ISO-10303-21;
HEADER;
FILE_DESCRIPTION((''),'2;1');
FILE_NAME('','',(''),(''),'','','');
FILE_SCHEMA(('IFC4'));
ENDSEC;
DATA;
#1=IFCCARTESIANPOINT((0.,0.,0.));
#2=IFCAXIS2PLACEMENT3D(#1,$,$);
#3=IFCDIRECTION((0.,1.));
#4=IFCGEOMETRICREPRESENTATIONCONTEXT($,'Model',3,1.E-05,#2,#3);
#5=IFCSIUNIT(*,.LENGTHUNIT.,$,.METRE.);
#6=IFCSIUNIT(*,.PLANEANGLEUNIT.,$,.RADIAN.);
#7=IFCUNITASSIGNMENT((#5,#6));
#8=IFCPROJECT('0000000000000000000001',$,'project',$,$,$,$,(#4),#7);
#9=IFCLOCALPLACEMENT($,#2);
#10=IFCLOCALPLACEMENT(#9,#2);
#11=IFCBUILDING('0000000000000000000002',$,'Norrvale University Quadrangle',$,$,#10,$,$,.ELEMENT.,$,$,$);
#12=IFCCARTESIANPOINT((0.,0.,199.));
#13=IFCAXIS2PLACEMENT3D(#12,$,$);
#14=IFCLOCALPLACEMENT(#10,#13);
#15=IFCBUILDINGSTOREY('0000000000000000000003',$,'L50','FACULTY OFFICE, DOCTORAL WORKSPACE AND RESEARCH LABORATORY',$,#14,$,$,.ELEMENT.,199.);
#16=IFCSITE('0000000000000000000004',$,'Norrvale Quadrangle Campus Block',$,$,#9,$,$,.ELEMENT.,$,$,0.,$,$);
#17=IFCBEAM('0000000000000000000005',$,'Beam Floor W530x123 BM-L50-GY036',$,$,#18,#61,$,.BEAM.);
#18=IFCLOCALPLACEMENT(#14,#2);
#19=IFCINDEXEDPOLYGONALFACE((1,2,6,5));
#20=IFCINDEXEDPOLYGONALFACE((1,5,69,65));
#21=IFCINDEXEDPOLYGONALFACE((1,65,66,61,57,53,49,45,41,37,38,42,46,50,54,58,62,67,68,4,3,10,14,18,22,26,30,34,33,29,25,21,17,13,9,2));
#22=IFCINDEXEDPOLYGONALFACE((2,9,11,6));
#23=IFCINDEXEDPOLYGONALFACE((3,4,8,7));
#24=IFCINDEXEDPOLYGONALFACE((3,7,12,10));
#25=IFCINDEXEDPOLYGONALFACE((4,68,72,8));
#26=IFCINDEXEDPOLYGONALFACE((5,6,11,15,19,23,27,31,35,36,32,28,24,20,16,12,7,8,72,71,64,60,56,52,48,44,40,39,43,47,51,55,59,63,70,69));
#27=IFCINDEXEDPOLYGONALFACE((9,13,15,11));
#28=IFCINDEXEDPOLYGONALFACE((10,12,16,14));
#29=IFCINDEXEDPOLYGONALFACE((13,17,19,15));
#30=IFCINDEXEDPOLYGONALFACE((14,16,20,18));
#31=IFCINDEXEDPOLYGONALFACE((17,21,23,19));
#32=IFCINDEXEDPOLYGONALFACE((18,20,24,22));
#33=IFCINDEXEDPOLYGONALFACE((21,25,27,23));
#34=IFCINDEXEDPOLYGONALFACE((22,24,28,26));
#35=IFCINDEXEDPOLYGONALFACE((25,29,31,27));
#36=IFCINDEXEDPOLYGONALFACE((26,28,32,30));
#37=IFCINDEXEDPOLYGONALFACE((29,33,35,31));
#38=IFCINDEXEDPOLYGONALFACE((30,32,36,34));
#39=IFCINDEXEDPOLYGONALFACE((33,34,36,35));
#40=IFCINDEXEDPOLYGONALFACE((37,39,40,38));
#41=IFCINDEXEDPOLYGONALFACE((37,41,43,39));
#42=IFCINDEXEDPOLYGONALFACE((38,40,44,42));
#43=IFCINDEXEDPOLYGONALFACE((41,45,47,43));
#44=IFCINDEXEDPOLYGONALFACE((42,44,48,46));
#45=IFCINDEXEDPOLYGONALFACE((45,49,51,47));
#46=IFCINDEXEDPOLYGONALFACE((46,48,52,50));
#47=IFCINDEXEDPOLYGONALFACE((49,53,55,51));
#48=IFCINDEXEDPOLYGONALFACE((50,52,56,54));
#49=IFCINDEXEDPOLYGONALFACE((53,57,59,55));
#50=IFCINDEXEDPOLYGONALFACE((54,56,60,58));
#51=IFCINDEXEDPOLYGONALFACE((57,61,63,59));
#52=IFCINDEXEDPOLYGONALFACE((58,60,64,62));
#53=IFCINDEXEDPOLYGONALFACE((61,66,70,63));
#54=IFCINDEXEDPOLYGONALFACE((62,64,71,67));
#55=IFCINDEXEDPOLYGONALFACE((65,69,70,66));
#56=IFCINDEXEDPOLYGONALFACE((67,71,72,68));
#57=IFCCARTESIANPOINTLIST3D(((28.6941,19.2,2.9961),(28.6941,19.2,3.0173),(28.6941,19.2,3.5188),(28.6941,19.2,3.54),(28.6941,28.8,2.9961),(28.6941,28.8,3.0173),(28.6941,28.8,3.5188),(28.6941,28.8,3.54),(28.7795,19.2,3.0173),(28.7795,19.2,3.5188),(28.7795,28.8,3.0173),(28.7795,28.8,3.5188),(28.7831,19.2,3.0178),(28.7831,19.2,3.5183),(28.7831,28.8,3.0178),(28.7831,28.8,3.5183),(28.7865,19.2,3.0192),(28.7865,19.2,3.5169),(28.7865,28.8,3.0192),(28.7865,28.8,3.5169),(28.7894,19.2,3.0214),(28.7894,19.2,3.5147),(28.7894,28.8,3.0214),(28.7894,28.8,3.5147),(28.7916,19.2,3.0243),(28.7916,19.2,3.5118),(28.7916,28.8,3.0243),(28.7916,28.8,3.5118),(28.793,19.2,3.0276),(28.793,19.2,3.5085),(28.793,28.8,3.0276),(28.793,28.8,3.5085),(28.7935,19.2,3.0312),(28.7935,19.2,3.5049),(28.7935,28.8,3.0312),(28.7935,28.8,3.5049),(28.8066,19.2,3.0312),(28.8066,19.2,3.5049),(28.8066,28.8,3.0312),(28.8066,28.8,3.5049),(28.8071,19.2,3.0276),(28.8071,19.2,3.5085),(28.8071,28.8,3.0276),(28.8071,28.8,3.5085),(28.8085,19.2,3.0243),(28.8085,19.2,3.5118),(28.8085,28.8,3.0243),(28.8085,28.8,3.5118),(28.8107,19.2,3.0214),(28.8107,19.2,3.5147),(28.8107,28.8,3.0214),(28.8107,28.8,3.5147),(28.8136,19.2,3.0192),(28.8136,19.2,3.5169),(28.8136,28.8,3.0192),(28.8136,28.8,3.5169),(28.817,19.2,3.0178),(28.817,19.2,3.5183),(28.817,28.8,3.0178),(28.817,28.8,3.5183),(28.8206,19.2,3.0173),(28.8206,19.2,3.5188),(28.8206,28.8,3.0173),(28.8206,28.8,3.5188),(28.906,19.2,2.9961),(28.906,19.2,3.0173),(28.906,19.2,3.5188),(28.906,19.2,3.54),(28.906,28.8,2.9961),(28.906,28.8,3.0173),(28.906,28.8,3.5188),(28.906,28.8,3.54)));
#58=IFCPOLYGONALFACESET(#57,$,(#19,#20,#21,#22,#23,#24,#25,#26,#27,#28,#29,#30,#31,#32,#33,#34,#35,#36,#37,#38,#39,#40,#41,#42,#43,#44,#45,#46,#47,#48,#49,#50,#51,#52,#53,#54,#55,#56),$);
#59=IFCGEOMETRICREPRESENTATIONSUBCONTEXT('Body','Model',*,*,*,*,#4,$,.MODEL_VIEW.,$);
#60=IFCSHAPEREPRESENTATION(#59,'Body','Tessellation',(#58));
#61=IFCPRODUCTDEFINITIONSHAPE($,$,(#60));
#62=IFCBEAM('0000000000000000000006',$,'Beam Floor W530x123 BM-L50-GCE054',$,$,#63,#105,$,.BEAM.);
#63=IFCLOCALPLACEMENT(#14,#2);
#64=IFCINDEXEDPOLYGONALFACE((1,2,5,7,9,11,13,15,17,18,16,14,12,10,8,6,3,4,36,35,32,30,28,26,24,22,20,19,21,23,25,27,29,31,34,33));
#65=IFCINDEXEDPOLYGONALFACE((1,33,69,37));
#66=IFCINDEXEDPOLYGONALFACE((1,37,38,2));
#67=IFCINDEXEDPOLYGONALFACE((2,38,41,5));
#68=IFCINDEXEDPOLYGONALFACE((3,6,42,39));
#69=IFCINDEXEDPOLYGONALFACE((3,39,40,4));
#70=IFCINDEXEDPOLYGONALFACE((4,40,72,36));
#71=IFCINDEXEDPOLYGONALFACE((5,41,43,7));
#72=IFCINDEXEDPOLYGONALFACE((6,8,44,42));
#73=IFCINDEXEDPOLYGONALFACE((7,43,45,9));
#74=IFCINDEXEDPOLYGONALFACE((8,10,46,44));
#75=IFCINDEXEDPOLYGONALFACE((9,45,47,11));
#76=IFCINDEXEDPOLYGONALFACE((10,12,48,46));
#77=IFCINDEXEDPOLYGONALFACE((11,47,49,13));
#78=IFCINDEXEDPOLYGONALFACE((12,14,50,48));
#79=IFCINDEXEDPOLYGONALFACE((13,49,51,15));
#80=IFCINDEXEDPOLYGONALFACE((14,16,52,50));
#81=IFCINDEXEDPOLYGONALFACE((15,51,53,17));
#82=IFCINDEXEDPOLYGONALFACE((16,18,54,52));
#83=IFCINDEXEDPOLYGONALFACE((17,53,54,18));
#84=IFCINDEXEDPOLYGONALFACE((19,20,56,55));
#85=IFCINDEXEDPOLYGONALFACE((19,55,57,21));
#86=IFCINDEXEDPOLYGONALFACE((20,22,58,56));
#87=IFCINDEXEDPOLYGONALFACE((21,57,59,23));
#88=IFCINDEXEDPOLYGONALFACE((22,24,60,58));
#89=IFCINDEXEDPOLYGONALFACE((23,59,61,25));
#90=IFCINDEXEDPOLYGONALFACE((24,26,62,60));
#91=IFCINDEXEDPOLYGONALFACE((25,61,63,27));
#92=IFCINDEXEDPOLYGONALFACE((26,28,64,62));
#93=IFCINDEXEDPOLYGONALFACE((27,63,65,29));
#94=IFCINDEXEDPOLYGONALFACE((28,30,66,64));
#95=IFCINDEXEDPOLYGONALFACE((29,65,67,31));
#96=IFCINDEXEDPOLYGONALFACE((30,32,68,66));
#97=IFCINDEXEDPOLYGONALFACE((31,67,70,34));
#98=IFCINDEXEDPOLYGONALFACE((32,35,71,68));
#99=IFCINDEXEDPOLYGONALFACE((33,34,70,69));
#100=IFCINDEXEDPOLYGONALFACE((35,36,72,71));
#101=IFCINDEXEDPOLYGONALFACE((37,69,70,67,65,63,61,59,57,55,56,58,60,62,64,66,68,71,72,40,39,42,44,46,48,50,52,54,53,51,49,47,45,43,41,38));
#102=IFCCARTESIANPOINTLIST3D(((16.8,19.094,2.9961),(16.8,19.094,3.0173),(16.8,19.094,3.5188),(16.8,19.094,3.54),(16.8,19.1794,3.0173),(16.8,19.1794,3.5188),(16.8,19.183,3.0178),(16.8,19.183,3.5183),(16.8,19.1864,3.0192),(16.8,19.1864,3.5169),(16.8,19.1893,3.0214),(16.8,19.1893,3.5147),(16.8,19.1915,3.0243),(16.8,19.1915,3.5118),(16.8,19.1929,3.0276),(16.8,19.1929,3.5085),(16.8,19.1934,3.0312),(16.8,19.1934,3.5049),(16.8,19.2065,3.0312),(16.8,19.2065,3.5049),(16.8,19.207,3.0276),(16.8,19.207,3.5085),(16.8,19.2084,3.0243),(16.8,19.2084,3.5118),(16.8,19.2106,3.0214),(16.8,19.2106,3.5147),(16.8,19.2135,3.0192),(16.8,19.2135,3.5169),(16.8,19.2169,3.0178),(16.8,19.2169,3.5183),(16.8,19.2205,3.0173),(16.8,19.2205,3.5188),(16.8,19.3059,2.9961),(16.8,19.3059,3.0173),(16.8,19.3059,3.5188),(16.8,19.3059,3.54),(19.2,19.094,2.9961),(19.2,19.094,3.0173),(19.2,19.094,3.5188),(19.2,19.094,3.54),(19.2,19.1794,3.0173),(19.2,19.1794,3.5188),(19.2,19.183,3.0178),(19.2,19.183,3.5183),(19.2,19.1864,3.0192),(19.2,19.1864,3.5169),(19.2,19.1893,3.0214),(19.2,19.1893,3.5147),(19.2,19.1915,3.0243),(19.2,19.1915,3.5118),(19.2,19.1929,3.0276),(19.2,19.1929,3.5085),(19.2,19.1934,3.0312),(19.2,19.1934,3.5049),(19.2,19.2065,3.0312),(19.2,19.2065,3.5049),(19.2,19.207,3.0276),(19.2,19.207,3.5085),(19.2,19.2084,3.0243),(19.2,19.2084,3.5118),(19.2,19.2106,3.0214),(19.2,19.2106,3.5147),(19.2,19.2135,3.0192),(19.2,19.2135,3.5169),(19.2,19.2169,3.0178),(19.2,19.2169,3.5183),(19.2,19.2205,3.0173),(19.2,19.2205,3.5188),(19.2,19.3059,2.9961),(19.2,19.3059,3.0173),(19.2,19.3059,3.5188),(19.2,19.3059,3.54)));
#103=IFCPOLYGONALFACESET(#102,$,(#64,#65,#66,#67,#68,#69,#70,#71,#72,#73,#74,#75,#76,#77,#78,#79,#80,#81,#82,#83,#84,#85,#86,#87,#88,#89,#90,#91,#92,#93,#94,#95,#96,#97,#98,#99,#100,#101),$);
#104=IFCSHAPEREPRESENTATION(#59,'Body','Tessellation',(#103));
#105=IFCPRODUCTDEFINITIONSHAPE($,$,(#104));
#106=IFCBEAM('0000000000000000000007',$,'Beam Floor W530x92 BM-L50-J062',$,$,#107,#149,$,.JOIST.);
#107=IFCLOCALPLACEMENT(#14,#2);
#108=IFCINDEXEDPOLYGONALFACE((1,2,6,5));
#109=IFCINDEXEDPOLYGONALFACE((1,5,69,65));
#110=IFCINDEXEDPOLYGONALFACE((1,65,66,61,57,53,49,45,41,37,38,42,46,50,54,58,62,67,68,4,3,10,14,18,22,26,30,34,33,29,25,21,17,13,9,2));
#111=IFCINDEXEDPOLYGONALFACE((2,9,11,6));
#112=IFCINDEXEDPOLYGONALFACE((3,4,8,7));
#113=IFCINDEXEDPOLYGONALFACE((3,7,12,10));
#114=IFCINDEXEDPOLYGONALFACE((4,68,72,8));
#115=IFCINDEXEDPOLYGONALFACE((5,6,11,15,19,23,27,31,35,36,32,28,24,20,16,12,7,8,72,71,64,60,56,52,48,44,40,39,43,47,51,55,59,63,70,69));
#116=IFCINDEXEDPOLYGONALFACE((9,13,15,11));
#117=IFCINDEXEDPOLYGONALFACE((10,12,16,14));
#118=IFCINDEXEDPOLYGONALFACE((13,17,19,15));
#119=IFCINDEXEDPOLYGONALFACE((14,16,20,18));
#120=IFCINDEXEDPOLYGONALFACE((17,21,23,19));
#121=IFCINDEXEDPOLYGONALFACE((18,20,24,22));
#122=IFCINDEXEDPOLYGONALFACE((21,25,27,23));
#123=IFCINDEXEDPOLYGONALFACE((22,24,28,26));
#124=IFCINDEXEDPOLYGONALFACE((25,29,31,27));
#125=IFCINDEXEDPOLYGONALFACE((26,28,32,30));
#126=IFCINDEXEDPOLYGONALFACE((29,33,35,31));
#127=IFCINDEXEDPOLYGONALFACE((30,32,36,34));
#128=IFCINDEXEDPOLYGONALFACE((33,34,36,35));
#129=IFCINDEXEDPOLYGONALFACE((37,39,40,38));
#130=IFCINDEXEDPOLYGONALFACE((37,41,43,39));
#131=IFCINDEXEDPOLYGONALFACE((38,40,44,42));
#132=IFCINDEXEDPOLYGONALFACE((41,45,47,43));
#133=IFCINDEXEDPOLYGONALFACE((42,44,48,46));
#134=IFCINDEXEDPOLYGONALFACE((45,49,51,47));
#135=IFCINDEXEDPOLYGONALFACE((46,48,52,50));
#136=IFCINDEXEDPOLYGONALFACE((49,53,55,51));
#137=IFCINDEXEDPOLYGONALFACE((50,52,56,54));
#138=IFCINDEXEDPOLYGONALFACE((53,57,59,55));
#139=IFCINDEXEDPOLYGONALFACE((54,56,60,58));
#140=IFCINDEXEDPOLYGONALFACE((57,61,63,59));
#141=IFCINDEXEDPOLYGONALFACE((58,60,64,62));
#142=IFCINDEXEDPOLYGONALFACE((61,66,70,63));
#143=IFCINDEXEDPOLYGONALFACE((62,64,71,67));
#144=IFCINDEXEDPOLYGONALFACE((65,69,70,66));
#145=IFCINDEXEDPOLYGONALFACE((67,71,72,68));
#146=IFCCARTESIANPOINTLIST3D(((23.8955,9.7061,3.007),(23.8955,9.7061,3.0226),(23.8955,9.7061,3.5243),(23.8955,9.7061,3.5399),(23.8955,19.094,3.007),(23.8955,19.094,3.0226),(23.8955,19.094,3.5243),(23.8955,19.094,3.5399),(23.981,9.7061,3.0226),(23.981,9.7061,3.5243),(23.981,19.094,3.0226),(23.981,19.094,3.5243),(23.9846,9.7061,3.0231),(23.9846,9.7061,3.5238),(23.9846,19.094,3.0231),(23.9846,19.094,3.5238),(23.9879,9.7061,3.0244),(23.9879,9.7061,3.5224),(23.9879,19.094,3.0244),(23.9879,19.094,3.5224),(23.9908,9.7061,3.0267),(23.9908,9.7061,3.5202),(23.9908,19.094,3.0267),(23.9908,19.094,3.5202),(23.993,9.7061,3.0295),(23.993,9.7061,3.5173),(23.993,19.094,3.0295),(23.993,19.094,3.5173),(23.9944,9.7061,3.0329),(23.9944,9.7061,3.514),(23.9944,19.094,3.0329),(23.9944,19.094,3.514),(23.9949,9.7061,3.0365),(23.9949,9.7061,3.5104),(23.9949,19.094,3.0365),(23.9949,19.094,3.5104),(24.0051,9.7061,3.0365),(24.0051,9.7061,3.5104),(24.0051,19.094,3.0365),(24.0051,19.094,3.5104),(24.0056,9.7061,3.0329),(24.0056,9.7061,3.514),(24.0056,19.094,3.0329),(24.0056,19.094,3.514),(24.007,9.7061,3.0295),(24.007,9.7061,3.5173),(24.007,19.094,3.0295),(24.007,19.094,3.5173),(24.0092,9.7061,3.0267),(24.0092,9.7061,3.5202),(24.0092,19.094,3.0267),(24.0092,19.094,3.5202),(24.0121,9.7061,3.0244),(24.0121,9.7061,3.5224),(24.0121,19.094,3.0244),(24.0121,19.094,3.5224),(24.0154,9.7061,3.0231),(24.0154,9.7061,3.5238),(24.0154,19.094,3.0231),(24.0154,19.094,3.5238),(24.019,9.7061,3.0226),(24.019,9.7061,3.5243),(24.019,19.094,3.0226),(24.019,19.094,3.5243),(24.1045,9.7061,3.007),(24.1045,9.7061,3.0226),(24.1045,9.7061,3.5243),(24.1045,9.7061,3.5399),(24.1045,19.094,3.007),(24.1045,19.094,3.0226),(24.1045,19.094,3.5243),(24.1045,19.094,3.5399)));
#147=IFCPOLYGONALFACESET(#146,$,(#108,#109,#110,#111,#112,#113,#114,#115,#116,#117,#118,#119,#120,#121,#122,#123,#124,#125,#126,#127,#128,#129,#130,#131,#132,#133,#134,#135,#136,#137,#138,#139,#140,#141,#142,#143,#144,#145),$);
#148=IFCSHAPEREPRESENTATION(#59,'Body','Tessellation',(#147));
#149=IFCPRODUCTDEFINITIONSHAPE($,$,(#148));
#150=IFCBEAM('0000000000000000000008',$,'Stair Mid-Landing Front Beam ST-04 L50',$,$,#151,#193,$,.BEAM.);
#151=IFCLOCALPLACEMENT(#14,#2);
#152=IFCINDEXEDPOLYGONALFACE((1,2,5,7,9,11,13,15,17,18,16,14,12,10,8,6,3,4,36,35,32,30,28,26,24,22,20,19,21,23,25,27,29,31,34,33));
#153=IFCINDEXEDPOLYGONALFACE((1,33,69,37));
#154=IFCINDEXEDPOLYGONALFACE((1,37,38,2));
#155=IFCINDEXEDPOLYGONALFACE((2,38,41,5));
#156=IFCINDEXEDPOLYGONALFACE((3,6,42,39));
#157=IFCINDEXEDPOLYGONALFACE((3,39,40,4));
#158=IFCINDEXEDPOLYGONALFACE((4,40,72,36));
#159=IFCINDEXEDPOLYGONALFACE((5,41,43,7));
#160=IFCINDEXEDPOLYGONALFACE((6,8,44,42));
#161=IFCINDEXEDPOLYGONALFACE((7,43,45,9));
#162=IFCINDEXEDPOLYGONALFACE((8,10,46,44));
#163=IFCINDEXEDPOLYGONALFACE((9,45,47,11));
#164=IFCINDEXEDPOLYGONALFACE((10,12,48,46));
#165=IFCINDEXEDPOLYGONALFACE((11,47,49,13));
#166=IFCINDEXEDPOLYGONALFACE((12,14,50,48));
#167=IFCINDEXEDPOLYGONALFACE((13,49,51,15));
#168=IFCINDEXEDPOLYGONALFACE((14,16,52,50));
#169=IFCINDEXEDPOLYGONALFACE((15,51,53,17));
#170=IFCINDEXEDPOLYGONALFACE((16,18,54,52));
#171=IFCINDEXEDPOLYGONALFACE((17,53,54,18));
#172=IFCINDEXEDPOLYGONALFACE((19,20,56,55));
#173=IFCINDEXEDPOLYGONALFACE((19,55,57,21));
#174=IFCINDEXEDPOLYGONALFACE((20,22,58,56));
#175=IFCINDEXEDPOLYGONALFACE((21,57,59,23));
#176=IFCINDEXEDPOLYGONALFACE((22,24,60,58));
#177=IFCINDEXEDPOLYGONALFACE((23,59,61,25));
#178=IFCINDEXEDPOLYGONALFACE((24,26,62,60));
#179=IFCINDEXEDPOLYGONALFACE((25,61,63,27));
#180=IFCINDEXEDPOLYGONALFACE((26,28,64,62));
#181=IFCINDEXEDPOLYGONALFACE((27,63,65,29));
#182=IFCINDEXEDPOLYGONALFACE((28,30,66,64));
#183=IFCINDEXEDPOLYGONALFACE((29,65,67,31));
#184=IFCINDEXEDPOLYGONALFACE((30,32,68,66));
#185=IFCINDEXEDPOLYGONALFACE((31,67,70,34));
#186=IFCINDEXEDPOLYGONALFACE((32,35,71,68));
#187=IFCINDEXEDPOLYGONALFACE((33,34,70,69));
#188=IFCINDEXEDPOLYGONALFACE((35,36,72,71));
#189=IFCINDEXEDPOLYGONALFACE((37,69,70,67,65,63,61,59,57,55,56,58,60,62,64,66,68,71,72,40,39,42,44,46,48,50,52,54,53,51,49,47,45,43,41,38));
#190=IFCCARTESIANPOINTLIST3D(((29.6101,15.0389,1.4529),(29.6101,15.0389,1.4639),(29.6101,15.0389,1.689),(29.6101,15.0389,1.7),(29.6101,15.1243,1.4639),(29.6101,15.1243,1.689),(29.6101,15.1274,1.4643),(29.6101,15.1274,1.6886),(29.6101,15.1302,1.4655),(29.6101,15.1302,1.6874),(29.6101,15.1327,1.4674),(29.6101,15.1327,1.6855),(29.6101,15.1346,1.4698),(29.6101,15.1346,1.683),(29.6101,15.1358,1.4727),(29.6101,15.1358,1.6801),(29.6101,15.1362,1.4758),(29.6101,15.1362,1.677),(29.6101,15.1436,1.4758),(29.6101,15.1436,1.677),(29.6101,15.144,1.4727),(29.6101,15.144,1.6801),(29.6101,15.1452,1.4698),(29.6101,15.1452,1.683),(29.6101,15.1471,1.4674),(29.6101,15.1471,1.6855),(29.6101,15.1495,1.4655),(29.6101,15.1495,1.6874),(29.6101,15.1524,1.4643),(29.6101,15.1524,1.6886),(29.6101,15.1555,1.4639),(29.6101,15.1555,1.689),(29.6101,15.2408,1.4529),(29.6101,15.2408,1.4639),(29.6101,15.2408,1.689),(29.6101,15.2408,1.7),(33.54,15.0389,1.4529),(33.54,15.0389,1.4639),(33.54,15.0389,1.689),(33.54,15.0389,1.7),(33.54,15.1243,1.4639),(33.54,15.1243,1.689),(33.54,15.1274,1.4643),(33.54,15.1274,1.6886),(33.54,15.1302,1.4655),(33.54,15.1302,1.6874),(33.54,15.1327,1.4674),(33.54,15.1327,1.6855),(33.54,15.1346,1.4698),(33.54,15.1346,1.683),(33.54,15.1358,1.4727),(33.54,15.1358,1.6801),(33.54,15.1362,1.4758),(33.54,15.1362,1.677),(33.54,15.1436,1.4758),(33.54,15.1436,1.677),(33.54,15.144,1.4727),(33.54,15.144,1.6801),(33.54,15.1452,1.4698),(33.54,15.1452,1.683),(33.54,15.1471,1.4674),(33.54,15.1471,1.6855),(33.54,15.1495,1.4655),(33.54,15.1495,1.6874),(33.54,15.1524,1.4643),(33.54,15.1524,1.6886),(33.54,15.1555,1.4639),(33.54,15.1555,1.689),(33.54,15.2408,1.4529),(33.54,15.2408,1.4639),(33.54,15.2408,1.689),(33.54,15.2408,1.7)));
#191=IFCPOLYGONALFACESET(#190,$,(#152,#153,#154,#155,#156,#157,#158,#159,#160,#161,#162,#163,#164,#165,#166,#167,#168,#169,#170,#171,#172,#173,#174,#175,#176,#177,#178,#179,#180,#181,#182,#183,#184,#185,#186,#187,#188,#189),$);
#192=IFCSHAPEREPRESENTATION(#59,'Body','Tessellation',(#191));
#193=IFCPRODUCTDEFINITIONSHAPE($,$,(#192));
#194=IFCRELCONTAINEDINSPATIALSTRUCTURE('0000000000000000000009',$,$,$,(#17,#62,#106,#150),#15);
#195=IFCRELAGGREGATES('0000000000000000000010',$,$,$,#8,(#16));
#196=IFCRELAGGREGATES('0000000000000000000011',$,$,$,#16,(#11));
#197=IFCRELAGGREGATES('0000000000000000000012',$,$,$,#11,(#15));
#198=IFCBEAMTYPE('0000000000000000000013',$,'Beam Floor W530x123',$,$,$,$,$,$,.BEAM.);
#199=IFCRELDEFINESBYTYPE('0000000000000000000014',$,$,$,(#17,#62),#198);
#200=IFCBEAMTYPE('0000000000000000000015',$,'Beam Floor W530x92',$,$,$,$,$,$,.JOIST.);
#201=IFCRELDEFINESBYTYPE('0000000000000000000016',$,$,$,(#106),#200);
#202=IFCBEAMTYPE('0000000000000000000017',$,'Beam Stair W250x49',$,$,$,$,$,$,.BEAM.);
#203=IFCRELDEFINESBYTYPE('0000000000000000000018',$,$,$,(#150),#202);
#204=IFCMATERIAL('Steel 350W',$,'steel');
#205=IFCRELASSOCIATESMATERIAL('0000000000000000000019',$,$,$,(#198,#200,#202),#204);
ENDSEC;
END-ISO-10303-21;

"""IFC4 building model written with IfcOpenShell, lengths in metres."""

from ifc_helpers import new_model, si_unit, direction, frame, origin, origin_2d, place, context, subcontext, project, spatial, i_section, extrude, material, material_profile, profile_set, type_object, element, save


model = new_model("IFC4")

# Units and contexts
model_context = context("Model", 3, precision=1e-05, world=origin(), true_north=direction((0.0, 1.0)))
body_context = subcontext(model_context, "Body", "Model", "MODEL_VIEW")
ifc_project = project(units=[si_unit("LENGTHUNIT", "METRE"), si_unit("PLANEANGLEUNIT", "RADIAN")], contexts=[model_context])

# Site, building, storey
site_placement = place(None, origin())
site = spatial("IfcSite", under=ifc_project, at=site_placement, Name="Norrvale Quadrangle Campus Block", CompositionType="ELEMENT", RefElevation=0.0)
building_placement = place(site_placement, origin())
building = spatial("IfcBuilding", under=site, at=building_placement, Name="Norrvale University Quadrangle", CompositionType="ELEMENT")
storey_placement = place(building_placement, frame((0.0, 0.0, 199.0)))
storey = spatial("IfcBuildingStorey", under=building, at=storey_placement, Name="L50", Description="FACULTY OFFICE, DOCTORAL WORKSPACE AND RESEARCH LABORATORY", CompositionType="ELEMENT", Elevation=199.0)

# Beams
ifc_material_1 = material(Name="Steel 350W", Category="steel")
ifc_material_profile_1 = material_profile(ifc_material_1, i_section(OverallWidth=0.2119, OverallDepth=0.5439, WebThickness=0.0132, FlangeThickness=0.0212, FilletRadius=0.0139, at=origin_2d()), Name="Steel 350W")
ifc_profile_set_1 = profile_set([ifc_material_profile_1], Name="Steel 350W")
beam_type_1 = type_object("IfcBeamType", Name="Beam Floor W530x123", PredefinedType="BEAM", material=ifc_profile_set_1)
for number, where, z_axis, x_axis, name in (
    (1, (28.8, 19.2, 3.2681), (0.0, 1.0, 0.0), (-1.0, 0.0, 0.0), "Beam Floor W530x123 BM-L50-GY036"),
):
    element("IfcBeam", number, at=place(storey_placement, frame(where, z_axis=z_axis, x_axis=x_axis)), inside=storey, type_object=beam_type_1, Name=name, PredefinedType="BEAM", context=body_context, shape_type="SweptSolid", body=[
        extrude(i_section(OverallWidth=0.2119, OverallDepth=0.5439, WebThickness=0.0132, FlangeThickness=0.0212, FilletRadius=0.0139, at=origin_2d()), origin(), (0.0, 0.0, 1.0), 9.6001),
    ])
beam_1_placement = place(storey_placement, frame((16.8, 19.2, 3.2681), z_axis=(1.0, 0.0, 0.0), x_axis=(0.0, 1.0, 0.0)))
element("IfcBeam", 2, at=beam_1_placement, inside=storey, type_object=beam_type_1, Name="Beam Floor W530x123 BM-L50-GCE054", PredefinedType="BEAM", context=body_context, shape_type="SweptSolid", body=[
    extrude(i_section(OverallWidth=0.2119, OverallDepth=0.5439, WebThickness=0.0132, FlangeThickness=0.0212, FilletRadius=0.0139, at=origin_2d()), origin(), (0.0, 0.0, 1.0), 2.3999),
])
ifc_material_profile_2 = material_profile(ifc_material_1, i_section(OverallWidth=0.209, OverallDepth=0.533, WebThickness=0.0103, FlangeThickness=0.0156, FilletRadius=0.0139, at=origin_2d()), Name="Steel 350W")
ifc_profile_set_2 = profile_set([ifc_material_profile_2], Name="Steel 350W")
beam_type_2 = type_object("IfcBeamType", Name="Beam Floor W530x92", PredefinedType="JOIST", material=ifc_profile_set_2)
beam_2_placement = place(storey_placement, frame((24.0, 9.7061, 3.2734), z_axis=(0.0, 1.0, 0.0), x_axis=(-1.0, 0.0, 0.0)))
element("IfcBeam", 3, at=beam_2_placement, inside=storey, type_object=beam_type_2, Name="Beam Floor W530x92 BM-L50-J062", PredefinedType="JOIST", context=body_context, shape_type="SweptSolid", body=[
    extrude(i_section(OverallWidth=0.209, OverallDepth=0.533, WebThickness=0.0103, FlangeThickness=0.0156, FilletRadius=0.0139, at=origin_2d()), origin(), (0.0, 0.0, 1.0), 9.3879),
])
ifc_material_profile_3 = material_profile(ifc_material_1, i_section(OverallWidth=0.2019, OverallDepth=0.2471, WebThickness=0.0073, FlangeThickness=0.011, FilletRadius=0.012, at=origin_2d()), Name="Steel 350W")
ifc_profile_set_3 = profile_set([ifc_material_profile_3], Name="Steel 350W")
beam_type_3 = type_object("IfcBeamType", Name="Beam Stair W250x49", PredefinedType="BEAM", material=ifc_profile_set_3)
for number, where, z_axis, x_axis, name in (
    (4, (29.6101, 15.1399, 1.5764), (1.0, 0.0, 0.0), (0.0, 1.0, 0.0), "Stair Mid-Landing Front Beam ST-04 L50"),
):
    element("IfcBeam", number, at=place(storey_placement, frame(where, z_axis=z_axis, x_axis=x_axis)), inside=storey, type_object=beam_type_3, Name=name, PredefinedType="BEAM", context=body_context, shape_type="SweptSolid", body=[
        extrude(i_section(OverallWidth=0.2019, OverallDepth=0.2471, WebThickness=0.0073, FlangeThickness=0.011, FilletRadius=0.012, at=origin_2d()), origin(), (0.0, 0.0, 1.0), 3.9299),
    ])

save(model, "model.ifc")
